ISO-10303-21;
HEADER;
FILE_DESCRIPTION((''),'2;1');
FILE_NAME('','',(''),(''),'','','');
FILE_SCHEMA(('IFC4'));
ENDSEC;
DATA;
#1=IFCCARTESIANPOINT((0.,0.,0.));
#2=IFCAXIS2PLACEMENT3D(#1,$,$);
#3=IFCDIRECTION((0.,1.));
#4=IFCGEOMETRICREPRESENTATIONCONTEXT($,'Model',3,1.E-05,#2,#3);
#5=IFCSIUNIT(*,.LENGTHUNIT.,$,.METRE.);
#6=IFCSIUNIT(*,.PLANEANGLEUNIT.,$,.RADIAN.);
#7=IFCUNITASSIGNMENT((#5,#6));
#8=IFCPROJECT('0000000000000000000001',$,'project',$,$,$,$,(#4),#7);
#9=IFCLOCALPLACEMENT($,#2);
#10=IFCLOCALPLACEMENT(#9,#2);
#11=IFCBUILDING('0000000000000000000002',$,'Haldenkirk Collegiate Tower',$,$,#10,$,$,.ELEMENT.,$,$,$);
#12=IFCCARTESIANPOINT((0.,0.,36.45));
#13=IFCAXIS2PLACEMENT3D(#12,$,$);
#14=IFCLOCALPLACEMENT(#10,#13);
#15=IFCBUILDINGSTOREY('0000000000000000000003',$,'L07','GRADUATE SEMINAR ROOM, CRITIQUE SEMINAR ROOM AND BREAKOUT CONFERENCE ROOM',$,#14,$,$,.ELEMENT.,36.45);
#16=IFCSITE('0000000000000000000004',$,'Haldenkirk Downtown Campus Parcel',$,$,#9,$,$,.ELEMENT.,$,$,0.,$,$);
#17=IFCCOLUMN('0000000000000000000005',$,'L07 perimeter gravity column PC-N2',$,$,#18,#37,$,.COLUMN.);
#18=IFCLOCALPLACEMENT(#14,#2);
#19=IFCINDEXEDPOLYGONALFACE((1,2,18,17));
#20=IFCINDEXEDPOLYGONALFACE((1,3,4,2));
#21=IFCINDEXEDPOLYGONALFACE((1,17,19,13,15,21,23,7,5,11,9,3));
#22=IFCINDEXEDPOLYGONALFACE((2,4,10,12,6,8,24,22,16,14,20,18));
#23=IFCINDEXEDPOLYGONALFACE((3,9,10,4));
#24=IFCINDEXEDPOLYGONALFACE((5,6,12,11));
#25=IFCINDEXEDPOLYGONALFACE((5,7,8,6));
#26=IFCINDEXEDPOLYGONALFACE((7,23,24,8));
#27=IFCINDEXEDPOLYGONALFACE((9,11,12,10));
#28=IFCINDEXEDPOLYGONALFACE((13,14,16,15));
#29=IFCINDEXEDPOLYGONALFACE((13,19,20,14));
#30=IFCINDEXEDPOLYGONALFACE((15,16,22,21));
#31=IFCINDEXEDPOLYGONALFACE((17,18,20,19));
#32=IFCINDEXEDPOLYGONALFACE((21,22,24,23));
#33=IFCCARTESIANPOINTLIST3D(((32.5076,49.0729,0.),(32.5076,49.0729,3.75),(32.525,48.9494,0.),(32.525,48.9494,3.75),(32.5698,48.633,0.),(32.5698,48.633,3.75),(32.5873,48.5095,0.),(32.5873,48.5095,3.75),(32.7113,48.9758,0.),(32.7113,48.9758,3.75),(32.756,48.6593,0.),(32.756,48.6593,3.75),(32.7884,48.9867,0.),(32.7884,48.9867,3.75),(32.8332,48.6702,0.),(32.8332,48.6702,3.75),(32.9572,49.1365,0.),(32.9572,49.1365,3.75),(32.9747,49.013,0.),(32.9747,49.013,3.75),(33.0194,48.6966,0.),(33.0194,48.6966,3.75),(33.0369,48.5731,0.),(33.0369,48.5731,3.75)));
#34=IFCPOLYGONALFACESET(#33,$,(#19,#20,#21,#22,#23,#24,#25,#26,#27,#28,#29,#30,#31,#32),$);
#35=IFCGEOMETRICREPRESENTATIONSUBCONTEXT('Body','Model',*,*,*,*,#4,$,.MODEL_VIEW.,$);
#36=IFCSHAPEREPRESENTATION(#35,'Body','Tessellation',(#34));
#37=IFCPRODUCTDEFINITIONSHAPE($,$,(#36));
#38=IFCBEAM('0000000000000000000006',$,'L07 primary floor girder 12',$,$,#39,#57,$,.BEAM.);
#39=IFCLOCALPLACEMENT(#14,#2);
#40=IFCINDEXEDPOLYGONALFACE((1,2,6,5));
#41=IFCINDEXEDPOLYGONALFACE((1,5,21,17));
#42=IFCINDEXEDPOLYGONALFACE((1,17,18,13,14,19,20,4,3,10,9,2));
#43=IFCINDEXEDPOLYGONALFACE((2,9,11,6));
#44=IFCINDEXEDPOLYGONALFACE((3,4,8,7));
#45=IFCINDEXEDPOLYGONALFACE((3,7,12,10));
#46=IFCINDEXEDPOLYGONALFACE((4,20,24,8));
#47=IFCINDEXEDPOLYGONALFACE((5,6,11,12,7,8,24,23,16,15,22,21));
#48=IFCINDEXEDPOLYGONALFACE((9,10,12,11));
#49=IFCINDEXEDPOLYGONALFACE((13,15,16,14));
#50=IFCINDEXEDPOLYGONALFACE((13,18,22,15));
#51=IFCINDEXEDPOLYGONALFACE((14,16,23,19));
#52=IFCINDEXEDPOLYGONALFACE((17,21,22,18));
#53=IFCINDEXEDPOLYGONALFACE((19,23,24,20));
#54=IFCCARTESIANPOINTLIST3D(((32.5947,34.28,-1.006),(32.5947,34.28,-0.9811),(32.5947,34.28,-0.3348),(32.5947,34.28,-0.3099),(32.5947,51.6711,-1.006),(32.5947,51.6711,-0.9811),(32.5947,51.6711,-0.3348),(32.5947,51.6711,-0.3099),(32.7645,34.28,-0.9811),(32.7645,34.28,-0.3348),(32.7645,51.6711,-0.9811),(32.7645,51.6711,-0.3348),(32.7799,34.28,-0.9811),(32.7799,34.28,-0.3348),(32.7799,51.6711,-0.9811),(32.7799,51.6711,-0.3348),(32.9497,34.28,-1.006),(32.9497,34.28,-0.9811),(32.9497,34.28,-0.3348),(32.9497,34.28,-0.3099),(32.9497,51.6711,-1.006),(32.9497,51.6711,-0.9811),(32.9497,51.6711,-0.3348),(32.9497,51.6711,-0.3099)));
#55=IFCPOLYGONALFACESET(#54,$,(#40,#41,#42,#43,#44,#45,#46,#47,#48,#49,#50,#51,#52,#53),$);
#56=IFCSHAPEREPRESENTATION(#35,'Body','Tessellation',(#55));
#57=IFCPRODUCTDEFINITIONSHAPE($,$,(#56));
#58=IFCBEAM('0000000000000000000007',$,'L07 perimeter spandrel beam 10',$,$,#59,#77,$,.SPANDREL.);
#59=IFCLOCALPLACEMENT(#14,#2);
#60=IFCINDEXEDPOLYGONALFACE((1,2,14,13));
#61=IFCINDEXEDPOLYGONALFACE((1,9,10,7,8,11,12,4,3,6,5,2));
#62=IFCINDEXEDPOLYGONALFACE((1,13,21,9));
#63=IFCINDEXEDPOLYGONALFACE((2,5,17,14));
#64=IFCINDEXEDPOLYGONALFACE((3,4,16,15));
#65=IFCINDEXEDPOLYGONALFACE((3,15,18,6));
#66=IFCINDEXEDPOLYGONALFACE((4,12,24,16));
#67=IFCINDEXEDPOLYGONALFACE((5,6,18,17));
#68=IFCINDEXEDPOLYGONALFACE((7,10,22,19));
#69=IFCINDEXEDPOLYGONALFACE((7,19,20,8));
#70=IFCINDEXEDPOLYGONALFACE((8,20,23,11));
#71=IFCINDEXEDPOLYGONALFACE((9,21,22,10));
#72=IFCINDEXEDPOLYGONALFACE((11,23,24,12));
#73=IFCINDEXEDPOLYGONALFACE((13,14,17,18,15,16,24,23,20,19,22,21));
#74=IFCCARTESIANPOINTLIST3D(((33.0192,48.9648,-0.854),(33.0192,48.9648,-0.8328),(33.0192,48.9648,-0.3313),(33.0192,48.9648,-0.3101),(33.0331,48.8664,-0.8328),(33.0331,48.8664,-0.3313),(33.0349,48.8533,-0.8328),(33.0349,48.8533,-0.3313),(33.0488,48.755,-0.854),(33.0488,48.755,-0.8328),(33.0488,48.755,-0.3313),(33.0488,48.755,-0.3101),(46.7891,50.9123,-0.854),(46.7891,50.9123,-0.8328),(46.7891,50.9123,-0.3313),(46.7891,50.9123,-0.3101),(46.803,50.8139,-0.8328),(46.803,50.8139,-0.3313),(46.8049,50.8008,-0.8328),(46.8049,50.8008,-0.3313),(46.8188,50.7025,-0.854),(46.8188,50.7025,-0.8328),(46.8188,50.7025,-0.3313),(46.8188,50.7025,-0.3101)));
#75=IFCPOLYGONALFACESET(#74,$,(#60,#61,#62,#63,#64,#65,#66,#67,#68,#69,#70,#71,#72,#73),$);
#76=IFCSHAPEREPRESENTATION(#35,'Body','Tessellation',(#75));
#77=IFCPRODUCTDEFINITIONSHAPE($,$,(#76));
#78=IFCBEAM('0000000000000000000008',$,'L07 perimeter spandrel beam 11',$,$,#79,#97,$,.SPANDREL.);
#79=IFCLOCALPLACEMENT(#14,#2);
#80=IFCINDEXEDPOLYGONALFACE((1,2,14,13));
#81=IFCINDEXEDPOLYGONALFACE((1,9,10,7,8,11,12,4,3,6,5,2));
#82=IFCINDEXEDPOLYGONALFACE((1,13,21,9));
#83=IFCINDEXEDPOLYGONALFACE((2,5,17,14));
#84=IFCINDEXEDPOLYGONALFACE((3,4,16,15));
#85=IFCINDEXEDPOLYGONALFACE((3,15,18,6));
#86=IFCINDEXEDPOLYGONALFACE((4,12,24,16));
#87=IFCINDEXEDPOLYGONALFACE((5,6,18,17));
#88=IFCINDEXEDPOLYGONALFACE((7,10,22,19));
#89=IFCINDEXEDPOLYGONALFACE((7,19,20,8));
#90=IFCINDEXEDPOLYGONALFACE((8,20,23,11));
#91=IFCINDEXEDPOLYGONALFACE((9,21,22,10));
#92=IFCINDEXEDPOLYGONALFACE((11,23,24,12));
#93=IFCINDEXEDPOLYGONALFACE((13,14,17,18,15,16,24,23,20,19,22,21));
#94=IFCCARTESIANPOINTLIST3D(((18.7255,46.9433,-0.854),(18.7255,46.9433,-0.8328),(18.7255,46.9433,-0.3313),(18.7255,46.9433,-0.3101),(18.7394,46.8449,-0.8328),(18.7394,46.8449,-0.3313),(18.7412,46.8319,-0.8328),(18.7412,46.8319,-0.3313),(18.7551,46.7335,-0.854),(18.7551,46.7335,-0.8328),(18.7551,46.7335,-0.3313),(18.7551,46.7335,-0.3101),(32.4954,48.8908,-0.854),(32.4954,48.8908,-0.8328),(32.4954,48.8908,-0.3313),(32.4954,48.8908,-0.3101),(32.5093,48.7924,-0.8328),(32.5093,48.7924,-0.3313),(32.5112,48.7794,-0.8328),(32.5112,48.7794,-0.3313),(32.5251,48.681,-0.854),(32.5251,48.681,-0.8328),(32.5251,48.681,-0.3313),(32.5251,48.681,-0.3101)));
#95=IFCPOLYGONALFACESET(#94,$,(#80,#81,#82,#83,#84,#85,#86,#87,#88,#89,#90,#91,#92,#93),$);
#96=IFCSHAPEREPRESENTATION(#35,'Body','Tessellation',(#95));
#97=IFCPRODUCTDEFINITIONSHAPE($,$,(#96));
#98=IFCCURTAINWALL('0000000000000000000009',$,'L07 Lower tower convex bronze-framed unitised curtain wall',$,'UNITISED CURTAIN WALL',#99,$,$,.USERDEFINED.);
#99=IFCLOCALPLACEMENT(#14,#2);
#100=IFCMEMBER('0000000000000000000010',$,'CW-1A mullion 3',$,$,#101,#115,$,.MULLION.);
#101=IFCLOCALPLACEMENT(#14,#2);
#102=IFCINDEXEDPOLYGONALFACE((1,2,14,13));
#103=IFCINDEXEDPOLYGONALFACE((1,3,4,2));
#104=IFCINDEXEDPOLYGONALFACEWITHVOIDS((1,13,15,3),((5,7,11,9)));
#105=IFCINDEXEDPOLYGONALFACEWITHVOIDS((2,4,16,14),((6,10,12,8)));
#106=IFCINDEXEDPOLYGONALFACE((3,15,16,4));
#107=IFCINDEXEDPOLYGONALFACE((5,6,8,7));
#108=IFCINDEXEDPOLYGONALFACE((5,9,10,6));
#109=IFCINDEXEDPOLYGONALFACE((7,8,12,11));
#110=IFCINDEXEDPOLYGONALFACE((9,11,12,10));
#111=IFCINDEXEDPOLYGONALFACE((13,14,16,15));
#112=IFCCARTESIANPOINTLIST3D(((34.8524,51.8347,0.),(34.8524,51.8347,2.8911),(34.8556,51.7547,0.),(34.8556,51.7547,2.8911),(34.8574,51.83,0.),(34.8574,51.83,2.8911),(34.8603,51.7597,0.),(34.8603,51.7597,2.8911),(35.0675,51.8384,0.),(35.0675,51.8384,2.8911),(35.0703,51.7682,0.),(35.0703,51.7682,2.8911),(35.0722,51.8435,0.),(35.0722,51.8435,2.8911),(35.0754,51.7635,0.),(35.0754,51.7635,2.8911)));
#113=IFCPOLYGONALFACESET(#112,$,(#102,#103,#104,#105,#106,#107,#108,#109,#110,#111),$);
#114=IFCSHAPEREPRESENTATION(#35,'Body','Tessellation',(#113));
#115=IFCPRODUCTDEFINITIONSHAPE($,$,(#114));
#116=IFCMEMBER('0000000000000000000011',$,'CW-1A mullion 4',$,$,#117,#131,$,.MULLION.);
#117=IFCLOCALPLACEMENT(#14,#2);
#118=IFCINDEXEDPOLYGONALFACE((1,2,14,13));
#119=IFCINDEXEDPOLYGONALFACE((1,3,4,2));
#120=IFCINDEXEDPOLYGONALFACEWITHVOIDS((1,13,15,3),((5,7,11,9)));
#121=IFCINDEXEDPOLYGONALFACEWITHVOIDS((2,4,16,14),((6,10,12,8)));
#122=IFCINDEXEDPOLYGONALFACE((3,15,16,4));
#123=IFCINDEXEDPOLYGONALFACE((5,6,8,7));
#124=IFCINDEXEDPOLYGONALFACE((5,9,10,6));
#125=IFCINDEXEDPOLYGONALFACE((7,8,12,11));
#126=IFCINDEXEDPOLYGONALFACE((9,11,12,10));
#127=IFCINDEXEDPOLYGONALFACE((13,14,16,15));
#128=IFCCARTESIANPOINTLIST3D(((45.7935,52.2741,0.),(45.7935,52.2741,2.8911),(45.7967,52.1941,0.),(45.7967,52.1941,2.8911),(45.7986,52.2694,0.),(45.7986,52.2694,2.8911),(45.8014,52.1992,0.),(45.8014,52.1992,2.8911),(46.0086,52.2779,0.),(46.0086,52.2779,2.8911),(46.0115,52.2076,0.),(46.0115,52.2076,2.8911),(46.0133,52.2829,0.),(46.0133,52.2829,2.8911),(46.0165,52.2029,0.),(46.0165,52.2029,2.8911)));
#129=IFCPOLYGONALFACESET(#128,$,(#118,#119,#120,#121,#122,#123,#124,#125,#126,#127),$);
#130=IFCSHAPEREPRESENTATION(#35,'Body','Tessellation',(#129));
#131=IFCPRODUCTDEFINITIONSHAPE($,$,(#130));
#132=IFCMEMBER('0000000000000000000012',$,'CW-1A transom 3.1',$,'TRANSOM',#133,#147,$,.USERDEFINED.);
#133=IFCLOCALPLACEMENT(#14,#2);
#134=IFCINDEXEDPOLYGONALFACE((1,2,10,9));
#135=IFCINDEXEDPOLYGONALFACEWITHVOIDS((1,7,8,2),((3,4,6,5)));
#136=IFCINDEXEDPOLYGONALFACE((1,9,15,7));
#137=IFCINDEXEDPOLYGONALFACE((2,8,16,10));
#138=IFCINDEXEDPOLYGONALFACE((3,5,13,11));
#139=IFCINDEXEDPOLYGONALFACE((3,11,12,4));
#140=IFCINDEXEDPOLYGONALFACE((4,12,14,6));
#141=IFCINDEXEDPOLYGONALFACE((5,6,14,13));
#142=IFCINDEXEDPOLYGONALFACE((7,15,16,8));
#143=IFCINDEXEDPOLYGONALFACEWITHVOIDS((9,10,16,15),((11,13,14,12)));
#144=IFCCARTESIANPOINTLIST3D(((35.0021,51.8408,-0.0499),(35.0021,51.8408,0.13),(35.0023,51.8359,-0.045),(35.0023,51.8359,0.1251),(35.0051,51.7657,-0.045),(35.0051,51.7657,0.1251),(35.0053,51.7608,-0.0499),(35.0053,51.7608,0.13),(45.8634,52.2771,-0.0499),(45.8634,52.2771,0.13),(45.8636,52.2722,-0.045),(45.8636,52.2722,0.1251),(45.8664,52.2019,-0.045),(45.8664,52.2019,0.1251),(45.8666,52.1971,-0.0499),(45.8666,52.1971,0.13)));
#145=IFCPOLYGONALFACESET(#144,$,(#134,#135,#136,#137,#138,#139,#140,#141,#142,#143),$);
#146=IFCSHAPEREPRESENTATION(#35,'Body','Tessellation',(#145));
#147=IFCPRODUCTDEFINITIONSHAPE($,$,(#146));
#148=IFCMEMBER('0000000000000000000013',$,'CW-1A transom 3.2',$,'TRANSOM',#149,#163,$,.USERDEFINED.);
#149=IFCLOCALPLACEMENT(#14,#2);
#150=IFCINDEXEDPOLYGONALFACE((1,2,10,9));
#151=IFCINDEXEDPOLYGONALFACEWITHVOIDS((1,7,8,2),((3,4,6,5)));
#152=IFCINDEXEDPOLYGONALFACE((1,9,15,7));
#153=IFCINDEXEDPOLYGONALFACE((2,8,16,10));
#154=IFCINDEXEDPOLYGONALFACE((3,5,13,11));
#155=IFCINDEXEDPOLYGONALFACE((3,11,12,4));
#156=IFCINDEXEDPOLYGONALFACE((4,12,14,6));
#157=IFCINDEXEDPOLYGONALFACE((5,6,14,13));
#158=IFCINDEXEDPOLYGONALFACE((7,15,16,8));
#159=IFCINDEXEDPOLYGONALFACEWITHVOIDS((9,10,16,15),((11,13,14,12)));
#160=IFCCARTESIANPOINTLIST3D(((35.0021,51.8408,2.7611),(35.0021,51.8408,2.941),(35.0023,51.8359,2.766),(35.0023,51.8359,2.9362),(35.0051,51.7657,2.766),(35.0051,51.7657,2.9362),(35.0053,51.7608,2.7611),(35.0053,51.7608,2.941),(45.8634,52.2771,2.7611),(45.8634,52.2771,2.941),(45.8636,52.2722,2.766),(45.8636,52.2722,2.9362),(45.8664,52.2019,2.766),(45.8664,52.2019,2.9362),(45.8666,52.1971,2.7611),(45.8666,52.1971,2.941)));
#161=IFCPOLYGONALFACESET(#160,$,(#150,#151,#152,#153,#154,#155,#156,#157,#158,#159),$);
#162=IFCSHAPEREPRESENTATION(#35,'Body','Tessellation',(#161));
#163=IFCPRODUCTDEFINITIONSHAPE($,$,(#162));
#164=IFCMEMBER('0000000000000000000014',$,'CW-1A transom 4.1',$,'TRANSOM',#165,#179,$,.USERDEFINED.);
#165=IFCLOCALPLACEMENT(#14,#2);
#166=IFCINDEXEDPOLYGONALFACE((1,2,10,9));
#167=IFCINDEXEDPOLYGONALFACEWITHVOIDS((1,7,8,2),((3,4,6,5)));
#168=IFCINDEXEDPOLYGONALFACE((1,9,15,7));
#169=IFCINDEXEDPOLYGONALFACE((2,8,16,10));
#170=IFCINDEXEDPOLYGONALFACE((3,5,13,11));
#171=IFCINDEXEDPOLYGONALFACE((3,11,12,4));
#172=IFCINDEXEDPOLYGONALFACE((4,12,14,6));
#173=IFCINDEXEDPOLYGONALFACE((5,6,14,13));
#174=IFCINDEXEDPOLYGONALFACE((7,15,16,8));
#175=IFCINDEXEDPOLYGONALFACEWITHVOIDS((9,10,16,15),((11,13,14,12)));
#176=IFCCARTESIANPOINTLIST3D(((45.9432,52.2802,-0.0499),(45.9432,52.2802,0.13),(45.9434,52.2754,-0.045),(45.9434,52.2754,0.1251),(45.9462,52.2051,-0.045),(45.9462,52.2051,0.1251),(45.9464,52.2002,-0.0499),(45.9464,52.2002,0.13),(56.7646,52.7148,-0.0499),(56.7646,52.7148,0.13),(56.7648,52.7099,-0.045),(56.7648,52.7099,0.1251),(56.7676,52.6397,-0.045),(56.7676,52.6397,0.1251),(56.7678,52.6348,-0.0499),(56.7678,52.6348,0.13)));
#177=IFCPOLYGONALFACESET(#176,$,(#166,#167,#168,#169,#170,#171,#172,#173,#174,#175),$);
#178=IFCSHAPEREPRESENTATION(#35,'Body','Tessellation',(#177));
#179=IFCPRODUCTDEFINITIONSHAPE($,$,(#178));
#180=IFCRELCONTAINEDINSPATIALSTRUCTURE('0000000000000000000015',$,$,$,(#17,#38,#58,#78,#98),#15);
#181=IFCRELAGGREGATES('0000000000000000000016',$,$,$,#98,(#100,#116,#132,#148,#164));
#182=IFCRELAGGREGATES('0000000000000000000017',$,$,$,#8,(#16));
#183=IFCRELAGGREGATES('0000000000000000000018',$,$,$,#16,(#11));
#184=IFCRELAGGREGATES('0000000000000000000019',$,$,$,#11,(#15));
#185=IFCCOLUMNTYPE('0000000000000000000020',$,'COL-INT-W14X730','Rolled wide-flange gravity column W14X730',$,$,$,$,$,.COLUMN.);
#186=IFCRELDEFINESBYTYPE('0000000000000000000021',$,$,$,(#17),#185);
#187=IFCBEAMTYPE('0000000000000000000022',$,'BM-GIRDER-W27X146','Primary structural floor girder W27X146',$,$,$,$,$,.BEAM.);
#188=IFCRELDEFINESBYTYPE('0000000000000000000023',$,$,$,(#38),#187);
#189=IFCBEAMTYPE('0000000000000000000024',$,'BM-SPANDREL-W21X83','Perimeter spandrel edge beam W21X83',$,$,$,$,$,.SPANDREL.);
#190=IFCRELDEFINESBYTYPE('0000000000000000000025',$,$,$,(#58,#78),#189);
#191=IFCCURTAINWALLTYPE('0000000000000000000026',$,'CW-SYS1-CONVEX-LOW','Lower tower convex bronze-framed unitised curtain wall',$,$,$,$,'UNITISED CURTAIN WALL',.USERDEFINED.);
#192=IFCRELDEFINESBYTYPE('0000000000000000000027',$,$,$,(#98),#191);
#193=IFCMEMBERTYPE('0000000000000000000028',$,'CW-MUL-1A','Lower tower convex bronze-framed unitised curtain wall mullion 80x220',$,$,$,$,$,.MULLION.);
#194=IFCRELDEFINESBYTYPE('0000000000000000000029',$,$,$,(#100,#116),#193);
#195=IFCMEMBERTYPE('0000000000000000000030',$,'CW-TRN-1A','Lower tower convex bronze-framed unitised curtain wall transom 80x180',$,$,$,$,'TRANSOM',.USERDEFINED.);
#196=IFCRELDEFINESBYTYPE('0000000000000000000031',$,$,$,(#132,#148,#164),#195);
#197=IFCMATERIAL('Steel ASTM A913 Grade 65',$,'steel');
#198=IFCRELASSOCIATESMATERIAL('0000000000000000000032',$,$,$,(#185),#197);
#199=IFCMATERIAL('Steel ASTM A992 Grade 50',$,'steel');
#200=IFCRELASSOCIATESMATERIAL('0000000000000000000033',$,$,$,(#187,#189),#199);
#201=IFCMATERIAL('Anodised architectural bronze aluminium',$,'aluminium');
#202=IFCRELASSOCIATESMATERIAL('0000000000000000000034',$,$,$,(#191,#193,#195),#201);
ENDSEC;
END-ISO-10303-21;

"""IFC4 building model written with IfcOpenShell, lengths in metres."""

from ifc_helpers import new_model, si_unit, direction, frame, origin, origin_2d, place, context, subcontext, project, spatial, hollow_rectangle, i_section, extrude, material, material_profile, profile_set, type_object, element, aggregate, save


model = new_model("IFC4")

# Units and contexts
model_context = context("Model", 3, precision=1e-05, world=origin(), true_north=direction((0.0, 1.0)))
body_context = subcontext(model_context, "Body", "Model", "MODEL_VIEW")
ifc_project = project(units=[si_unit("LENGTHUNIT", "METRE"), si_unit("PLANEANGLEUNIT", "RADIAN")], contexts=[model_context])

# Site, building, storey
site_placement = place(None, origin())
site = spatial("IfcSite", under=ifc_project, at=site_placement, Name="Haldenkirk Downtown Campus Parcel", CompositionType="ELEMENT", RefElevation=0.0)
building_placement = place(site_placement, origin())
building = spatial("IfcBuilding", under=site, at=building_placement, Name="Haldenkirk Collegiate Tower", CompositionType="ELEMENT")
storey_placement = place(building_placement, frame((0.0, 0.0, 36.45)))
storey = spatial("IfcBuildingStorey", under=building, at=storey_placement, Name="L07", Description="GRADUATE SEMINAR ROOM, CRITIQUE SEMINAR ROOM AND BREAKOUT CONFERENCE ROOM", CompositionType="ELEMENT", Elevation=36.45)

# Column
ifc_material_1 = material(Name="Steel ASTM A913 Grade 65", Category="steel")
ifc_material_profile_1 = material_profile(ifc_material_1, i_section(OverallWidth=0.4541, OverallDepth=0.5691, WebThickness=0.0779, FlangeThickness=0.1248, at=origin_2d()), Name="W14X730")
ifc_profile_set_1 = profile_set([ifc_material_profile_1], Name="Steel ASTM A913 Grade 65")
column_type = type_object("IfcColumnType", Name="COL-INT-W14X730", Description="Rolled wide-flange gravity column W14X730", PredefinedType="COLUMN", material=ifc_profile_set_1)
column_placement = place(storey_placement, frame((32.7722, 48.823, 0.0), z_axis=(0.0, 0.0, 1.0), x_axis=(0.990146, 0.140037, 0.0)))
element("IfcColumn", 1, at=column_placement, inside=storey, type_object=column_type, Name="L07 perimeter gravity column PC-N2", PredefinedType="COLUMN", context=body_context, shape_type="SweptSolid", body=[
    extrude(i_section(OverallWidth=0.4541, OverallDepth=0.5691, WebThickness=0.0779, FlangeThickness=0.1248, at=origin_2d()), origin(), (0.0, 0.0, 1.0), 3.75),
])

# Beams
ifc_material_2 = material(Name="Steel ASTM A992 Grade 50", Category="steel")
ifc_material_profile_2 = material_profile(ifc_material_2, i_section(OverallWidth=0.355, OverallDepth=0.696, WebThickness=0.0154, FlangeThickness=0.0249, at=origin_2d()), Name="W27X146")
ifc_profile_set_2 = profile_set([ifc_material_profile_2], Name="Steel ASTM A992 Grade 50")
beam_type_1 = type_object("IfcBeamType", Name="BM-GIRDER-W27X146", Description="Primary structural floor girder W27X146", PredefinedType="BEAM", material=ifc_profile_set_2)
beam_placement = place(storey_placement, frame((32.7722, 51.6711, -0.658), z_axis=(0.0, -1.0, 0.0), x_axis=(1.0, 0.0, 0.0)))
element("IfcBeam", 2, at=beam_placement, inside=storey, type_object=beam_type_1, Name="L07 primary floor girder 12", PredefinedType="BEAM", context=body_context, shape_type="SweptSolid", body=[
    extrude(i_section(OverallWidth=0.355, OverallDepth=0.696, WebThickness=0.0154, FlangeThickness=0.0249, at=origin_2d()), origin(), (0.0, 0.0, 1.0), 17.3911),
])
ifc_material_profile_3 = material_profile(ifc_material_2, i_section(OverallWidth=0.2119, OverallDepth=0.5439, WebThickness=0.0132, FlangeThickness=0.0212, at=origin_2d()), Name="W21X83")
ifc_profile_set_3 = profile_set([ifc_material_profile_3], Name="Steel ASTM A992 Grade 50")
beam_type_2 = type_object("IfcBeamType", Name="BM-SPANDREL-W21X83", Description="Perimeter spandrel edge beam W21X83", PredefinedType="SPANDREL", material=ifc_profile_set_3)
for number, where, z_axis, x_axis, name in (
    (3, (46.804, 50.8074, -0.582), (-0.990146, -0.140038, 0.0), (0.140038, -0.990146, 0.0), "L07 perimeter spandrel beam 10"),
    (4, (32.5103, 48.7859, -0.582), (-0.990146, -0.140038, 0.0), (0.140038, -0.990146, 0.0), "L07 perimeter spandrel beam 11"),
):
    element("IfcBeam", number, at=place(storey_placement, frame(where, z_axis=z_axis, x_axis=x_axis)), inside=storey, type_object=beam_type_2, Name=name, PredefinedType="SPANDREL", context=body_context, shape_type="SweptSolid", body=[
        extrude(i_section(OverallWidth=0.2119, OverallDepth=0.5439, WebThickness=0.0132, FlangeThickness=0.0212, at=origin_2d()), origin(), (0.0, 0.0, 1.0), 13.907),
    ])

# Curtain wall, members
ifc_material_3 = material(Name="Anodised architectural bronze aluminium", Category="aluminium")
curtain_wall_type = type_object("IfcCurtainWallType", Name="CW-SYS1-CONVEX-LOW", Description="Lower tower convex bronze-framed unitised curtain wall", ElementType="UNITISED CURTAIN WALL", PredefinedType="USERDEFINED", material=ifc_material_3)
curtain_wall_placement = place(storey_placement, origin())
curtain_wall = element("IfcCurtainWall", 5, at=curtain_wall_placement, inside=storey, type_object=curtain_wall_type, Name="L07 Lower tower convex bronze-framed unitised curtain wall", ObjectType="UNITISED CURTAIN WALL", PredefinedType="USERDEFINED")
ifc_material_profile_4 = material_profile(ifc_material_3, hollow_rectangle(XDim=0.0801, YDim=0.22, WallThickness=0.0049, at=origin_2d()), Name="CW-MUL-1A")
ifc_profile_set_4 = profile_set([ifc_material_profile_4], Name="Anodised architectural bronze aluminium")
member_type_1 = type_object("IfcMemberType", Name="CW-MUL-1A", Description="Lower tower convex bronze-framed unitised curtain wall mullion 80x220", PredefinedType="MULLION", material=ifc_profile_set_4)
member_1_placement = place(storey_placement, frame((34.9639, 51.7991, 0.0), z_axis=(0.0, 0.0, 1.0), x_axis=(-0.040135, 0.999194, 0.0)))
member_1 = element("IfcMember", 6, at=member_1_placement, type_object=member_type_1, Name="CW-1A mullion 3", PredefinedType="MULLION", context=body_context, shape_type="SweptSolid", body=[
    extrude(hollow_rectangle(XDim=0.0801, YDim=0.22, WallThickness=0.0049, at=origin_2d()), origin(), (0.0, 0.0, 1.0), 2.8911),
])
member_2_placement = place(storey_placement, frame((45.905, 52.2385, 0.0), z_axis=(0.0, 0.0, 1.0), x_axis=(-0.040135, 0.999194, 0.0)))
member_2 = element("IfcMember", 7, at=member_2_placement, type_object=member_type_1, Name="CW-1A mullion 4", PredefinedType="MULLION", context=body_context, shape_type="SweptSolid", body=[
    extrude(hollow_rectangle(XDim=0.0801, YDim=0.22, WallThickness=0.0049, at=origin_2d()), origin(), (0.0, 0.0, 1.0), 2.8911),
])
ifc_material_profile_5 = material_profile(ifc_material_3, hollow_rectangle(XDim=0.0801, YDim=0.1799, WallThickness=0.0049, at=origin_2d()), Name="CW-TRN-1A")
ifc_profile_set_5 = profile_set([ifc_material_profile_5], Name="Anodised architectural bronze aluminium")
member_type_2 = type_object("IfcMemberType", Name="CW-TRN-1A", Description="Lower tower convex bronze-framed unitised curtain wall transom 80x180", ElementType="TRANSOM", PredefinedType="USERDEFINED", material=ifc_profile_set_5)
member_3_placement = place(storey_placement, frame((35.0037, 51.8008, 0.04), z_axis=(0.999194, 0.040136, 0.0), x_axis=(-0.040136, 0.999194, 0.0)))
member_3 = element("IfcMember", 8, at=member_3_placement, type_object=member_type_2, Name="CW-1A transom 3.1", ObjectType="TRANSOM", PredefinedType="USERDEFINED", context=body_context, shape_type="SweptSolid", body=[
    extrude(hollow_rectangle(XDim=0.0801, YDim=0.1799, WallThickness=0.0049, at=origin_2d()), origin(), (0.0, 0.0, 1.0), 10.8701),
])
member_4_placement = place(storey_placement, frame((35.0037, 51.8008, 2.8511), z_axis=(0.999194, 0.040136, 0.0), x_axis=(-0.040136, 0.999194, 0.0)))
member_4 = element("IfcMember", 9, at=member_4_placement, type_object=member_type_2, Name="CW-1A transom 3.2", ObjectType="TRANSOM", PredefinedType="USERDEFINED", context=body_context, shape_type="SweptSolid", body=[
    extrude(hollow_rectangle(XDim=0.0801, YDim=0.1799, WallThickness=0.0049, at=origin_2d()), origin(), (0.0, 0.0, 1.0), 10.8701),
])
member_5_placement = place(storey_placement, frame((45.9448, 52.2402, 0.04), z_axis=(0.999195, 0.040126, 0.0), x_axis=(-0.040126, 0.999195, 0.0)))
member_5 = element("IfcMember", 10, at=member_5_placement, type_object=member_type_2, Name="CW-1A transom 4.1", ObjectType="TRANSOM", PredefinedType="USERDEFINED", context=body_context, shape_type="SweptSolid", body=[
    extrude(hollow_rectangle(XDim=0.0801, YDim=0.1799, WallThickness=0.0049, at=origin_2d()), origin(), (0.0, 0.0, 1.0), 10.8301),
])

aggregate(curtain_wall, [member_1, member_2, member_3, member_4, member_5])

save(model, "model.ifc")
